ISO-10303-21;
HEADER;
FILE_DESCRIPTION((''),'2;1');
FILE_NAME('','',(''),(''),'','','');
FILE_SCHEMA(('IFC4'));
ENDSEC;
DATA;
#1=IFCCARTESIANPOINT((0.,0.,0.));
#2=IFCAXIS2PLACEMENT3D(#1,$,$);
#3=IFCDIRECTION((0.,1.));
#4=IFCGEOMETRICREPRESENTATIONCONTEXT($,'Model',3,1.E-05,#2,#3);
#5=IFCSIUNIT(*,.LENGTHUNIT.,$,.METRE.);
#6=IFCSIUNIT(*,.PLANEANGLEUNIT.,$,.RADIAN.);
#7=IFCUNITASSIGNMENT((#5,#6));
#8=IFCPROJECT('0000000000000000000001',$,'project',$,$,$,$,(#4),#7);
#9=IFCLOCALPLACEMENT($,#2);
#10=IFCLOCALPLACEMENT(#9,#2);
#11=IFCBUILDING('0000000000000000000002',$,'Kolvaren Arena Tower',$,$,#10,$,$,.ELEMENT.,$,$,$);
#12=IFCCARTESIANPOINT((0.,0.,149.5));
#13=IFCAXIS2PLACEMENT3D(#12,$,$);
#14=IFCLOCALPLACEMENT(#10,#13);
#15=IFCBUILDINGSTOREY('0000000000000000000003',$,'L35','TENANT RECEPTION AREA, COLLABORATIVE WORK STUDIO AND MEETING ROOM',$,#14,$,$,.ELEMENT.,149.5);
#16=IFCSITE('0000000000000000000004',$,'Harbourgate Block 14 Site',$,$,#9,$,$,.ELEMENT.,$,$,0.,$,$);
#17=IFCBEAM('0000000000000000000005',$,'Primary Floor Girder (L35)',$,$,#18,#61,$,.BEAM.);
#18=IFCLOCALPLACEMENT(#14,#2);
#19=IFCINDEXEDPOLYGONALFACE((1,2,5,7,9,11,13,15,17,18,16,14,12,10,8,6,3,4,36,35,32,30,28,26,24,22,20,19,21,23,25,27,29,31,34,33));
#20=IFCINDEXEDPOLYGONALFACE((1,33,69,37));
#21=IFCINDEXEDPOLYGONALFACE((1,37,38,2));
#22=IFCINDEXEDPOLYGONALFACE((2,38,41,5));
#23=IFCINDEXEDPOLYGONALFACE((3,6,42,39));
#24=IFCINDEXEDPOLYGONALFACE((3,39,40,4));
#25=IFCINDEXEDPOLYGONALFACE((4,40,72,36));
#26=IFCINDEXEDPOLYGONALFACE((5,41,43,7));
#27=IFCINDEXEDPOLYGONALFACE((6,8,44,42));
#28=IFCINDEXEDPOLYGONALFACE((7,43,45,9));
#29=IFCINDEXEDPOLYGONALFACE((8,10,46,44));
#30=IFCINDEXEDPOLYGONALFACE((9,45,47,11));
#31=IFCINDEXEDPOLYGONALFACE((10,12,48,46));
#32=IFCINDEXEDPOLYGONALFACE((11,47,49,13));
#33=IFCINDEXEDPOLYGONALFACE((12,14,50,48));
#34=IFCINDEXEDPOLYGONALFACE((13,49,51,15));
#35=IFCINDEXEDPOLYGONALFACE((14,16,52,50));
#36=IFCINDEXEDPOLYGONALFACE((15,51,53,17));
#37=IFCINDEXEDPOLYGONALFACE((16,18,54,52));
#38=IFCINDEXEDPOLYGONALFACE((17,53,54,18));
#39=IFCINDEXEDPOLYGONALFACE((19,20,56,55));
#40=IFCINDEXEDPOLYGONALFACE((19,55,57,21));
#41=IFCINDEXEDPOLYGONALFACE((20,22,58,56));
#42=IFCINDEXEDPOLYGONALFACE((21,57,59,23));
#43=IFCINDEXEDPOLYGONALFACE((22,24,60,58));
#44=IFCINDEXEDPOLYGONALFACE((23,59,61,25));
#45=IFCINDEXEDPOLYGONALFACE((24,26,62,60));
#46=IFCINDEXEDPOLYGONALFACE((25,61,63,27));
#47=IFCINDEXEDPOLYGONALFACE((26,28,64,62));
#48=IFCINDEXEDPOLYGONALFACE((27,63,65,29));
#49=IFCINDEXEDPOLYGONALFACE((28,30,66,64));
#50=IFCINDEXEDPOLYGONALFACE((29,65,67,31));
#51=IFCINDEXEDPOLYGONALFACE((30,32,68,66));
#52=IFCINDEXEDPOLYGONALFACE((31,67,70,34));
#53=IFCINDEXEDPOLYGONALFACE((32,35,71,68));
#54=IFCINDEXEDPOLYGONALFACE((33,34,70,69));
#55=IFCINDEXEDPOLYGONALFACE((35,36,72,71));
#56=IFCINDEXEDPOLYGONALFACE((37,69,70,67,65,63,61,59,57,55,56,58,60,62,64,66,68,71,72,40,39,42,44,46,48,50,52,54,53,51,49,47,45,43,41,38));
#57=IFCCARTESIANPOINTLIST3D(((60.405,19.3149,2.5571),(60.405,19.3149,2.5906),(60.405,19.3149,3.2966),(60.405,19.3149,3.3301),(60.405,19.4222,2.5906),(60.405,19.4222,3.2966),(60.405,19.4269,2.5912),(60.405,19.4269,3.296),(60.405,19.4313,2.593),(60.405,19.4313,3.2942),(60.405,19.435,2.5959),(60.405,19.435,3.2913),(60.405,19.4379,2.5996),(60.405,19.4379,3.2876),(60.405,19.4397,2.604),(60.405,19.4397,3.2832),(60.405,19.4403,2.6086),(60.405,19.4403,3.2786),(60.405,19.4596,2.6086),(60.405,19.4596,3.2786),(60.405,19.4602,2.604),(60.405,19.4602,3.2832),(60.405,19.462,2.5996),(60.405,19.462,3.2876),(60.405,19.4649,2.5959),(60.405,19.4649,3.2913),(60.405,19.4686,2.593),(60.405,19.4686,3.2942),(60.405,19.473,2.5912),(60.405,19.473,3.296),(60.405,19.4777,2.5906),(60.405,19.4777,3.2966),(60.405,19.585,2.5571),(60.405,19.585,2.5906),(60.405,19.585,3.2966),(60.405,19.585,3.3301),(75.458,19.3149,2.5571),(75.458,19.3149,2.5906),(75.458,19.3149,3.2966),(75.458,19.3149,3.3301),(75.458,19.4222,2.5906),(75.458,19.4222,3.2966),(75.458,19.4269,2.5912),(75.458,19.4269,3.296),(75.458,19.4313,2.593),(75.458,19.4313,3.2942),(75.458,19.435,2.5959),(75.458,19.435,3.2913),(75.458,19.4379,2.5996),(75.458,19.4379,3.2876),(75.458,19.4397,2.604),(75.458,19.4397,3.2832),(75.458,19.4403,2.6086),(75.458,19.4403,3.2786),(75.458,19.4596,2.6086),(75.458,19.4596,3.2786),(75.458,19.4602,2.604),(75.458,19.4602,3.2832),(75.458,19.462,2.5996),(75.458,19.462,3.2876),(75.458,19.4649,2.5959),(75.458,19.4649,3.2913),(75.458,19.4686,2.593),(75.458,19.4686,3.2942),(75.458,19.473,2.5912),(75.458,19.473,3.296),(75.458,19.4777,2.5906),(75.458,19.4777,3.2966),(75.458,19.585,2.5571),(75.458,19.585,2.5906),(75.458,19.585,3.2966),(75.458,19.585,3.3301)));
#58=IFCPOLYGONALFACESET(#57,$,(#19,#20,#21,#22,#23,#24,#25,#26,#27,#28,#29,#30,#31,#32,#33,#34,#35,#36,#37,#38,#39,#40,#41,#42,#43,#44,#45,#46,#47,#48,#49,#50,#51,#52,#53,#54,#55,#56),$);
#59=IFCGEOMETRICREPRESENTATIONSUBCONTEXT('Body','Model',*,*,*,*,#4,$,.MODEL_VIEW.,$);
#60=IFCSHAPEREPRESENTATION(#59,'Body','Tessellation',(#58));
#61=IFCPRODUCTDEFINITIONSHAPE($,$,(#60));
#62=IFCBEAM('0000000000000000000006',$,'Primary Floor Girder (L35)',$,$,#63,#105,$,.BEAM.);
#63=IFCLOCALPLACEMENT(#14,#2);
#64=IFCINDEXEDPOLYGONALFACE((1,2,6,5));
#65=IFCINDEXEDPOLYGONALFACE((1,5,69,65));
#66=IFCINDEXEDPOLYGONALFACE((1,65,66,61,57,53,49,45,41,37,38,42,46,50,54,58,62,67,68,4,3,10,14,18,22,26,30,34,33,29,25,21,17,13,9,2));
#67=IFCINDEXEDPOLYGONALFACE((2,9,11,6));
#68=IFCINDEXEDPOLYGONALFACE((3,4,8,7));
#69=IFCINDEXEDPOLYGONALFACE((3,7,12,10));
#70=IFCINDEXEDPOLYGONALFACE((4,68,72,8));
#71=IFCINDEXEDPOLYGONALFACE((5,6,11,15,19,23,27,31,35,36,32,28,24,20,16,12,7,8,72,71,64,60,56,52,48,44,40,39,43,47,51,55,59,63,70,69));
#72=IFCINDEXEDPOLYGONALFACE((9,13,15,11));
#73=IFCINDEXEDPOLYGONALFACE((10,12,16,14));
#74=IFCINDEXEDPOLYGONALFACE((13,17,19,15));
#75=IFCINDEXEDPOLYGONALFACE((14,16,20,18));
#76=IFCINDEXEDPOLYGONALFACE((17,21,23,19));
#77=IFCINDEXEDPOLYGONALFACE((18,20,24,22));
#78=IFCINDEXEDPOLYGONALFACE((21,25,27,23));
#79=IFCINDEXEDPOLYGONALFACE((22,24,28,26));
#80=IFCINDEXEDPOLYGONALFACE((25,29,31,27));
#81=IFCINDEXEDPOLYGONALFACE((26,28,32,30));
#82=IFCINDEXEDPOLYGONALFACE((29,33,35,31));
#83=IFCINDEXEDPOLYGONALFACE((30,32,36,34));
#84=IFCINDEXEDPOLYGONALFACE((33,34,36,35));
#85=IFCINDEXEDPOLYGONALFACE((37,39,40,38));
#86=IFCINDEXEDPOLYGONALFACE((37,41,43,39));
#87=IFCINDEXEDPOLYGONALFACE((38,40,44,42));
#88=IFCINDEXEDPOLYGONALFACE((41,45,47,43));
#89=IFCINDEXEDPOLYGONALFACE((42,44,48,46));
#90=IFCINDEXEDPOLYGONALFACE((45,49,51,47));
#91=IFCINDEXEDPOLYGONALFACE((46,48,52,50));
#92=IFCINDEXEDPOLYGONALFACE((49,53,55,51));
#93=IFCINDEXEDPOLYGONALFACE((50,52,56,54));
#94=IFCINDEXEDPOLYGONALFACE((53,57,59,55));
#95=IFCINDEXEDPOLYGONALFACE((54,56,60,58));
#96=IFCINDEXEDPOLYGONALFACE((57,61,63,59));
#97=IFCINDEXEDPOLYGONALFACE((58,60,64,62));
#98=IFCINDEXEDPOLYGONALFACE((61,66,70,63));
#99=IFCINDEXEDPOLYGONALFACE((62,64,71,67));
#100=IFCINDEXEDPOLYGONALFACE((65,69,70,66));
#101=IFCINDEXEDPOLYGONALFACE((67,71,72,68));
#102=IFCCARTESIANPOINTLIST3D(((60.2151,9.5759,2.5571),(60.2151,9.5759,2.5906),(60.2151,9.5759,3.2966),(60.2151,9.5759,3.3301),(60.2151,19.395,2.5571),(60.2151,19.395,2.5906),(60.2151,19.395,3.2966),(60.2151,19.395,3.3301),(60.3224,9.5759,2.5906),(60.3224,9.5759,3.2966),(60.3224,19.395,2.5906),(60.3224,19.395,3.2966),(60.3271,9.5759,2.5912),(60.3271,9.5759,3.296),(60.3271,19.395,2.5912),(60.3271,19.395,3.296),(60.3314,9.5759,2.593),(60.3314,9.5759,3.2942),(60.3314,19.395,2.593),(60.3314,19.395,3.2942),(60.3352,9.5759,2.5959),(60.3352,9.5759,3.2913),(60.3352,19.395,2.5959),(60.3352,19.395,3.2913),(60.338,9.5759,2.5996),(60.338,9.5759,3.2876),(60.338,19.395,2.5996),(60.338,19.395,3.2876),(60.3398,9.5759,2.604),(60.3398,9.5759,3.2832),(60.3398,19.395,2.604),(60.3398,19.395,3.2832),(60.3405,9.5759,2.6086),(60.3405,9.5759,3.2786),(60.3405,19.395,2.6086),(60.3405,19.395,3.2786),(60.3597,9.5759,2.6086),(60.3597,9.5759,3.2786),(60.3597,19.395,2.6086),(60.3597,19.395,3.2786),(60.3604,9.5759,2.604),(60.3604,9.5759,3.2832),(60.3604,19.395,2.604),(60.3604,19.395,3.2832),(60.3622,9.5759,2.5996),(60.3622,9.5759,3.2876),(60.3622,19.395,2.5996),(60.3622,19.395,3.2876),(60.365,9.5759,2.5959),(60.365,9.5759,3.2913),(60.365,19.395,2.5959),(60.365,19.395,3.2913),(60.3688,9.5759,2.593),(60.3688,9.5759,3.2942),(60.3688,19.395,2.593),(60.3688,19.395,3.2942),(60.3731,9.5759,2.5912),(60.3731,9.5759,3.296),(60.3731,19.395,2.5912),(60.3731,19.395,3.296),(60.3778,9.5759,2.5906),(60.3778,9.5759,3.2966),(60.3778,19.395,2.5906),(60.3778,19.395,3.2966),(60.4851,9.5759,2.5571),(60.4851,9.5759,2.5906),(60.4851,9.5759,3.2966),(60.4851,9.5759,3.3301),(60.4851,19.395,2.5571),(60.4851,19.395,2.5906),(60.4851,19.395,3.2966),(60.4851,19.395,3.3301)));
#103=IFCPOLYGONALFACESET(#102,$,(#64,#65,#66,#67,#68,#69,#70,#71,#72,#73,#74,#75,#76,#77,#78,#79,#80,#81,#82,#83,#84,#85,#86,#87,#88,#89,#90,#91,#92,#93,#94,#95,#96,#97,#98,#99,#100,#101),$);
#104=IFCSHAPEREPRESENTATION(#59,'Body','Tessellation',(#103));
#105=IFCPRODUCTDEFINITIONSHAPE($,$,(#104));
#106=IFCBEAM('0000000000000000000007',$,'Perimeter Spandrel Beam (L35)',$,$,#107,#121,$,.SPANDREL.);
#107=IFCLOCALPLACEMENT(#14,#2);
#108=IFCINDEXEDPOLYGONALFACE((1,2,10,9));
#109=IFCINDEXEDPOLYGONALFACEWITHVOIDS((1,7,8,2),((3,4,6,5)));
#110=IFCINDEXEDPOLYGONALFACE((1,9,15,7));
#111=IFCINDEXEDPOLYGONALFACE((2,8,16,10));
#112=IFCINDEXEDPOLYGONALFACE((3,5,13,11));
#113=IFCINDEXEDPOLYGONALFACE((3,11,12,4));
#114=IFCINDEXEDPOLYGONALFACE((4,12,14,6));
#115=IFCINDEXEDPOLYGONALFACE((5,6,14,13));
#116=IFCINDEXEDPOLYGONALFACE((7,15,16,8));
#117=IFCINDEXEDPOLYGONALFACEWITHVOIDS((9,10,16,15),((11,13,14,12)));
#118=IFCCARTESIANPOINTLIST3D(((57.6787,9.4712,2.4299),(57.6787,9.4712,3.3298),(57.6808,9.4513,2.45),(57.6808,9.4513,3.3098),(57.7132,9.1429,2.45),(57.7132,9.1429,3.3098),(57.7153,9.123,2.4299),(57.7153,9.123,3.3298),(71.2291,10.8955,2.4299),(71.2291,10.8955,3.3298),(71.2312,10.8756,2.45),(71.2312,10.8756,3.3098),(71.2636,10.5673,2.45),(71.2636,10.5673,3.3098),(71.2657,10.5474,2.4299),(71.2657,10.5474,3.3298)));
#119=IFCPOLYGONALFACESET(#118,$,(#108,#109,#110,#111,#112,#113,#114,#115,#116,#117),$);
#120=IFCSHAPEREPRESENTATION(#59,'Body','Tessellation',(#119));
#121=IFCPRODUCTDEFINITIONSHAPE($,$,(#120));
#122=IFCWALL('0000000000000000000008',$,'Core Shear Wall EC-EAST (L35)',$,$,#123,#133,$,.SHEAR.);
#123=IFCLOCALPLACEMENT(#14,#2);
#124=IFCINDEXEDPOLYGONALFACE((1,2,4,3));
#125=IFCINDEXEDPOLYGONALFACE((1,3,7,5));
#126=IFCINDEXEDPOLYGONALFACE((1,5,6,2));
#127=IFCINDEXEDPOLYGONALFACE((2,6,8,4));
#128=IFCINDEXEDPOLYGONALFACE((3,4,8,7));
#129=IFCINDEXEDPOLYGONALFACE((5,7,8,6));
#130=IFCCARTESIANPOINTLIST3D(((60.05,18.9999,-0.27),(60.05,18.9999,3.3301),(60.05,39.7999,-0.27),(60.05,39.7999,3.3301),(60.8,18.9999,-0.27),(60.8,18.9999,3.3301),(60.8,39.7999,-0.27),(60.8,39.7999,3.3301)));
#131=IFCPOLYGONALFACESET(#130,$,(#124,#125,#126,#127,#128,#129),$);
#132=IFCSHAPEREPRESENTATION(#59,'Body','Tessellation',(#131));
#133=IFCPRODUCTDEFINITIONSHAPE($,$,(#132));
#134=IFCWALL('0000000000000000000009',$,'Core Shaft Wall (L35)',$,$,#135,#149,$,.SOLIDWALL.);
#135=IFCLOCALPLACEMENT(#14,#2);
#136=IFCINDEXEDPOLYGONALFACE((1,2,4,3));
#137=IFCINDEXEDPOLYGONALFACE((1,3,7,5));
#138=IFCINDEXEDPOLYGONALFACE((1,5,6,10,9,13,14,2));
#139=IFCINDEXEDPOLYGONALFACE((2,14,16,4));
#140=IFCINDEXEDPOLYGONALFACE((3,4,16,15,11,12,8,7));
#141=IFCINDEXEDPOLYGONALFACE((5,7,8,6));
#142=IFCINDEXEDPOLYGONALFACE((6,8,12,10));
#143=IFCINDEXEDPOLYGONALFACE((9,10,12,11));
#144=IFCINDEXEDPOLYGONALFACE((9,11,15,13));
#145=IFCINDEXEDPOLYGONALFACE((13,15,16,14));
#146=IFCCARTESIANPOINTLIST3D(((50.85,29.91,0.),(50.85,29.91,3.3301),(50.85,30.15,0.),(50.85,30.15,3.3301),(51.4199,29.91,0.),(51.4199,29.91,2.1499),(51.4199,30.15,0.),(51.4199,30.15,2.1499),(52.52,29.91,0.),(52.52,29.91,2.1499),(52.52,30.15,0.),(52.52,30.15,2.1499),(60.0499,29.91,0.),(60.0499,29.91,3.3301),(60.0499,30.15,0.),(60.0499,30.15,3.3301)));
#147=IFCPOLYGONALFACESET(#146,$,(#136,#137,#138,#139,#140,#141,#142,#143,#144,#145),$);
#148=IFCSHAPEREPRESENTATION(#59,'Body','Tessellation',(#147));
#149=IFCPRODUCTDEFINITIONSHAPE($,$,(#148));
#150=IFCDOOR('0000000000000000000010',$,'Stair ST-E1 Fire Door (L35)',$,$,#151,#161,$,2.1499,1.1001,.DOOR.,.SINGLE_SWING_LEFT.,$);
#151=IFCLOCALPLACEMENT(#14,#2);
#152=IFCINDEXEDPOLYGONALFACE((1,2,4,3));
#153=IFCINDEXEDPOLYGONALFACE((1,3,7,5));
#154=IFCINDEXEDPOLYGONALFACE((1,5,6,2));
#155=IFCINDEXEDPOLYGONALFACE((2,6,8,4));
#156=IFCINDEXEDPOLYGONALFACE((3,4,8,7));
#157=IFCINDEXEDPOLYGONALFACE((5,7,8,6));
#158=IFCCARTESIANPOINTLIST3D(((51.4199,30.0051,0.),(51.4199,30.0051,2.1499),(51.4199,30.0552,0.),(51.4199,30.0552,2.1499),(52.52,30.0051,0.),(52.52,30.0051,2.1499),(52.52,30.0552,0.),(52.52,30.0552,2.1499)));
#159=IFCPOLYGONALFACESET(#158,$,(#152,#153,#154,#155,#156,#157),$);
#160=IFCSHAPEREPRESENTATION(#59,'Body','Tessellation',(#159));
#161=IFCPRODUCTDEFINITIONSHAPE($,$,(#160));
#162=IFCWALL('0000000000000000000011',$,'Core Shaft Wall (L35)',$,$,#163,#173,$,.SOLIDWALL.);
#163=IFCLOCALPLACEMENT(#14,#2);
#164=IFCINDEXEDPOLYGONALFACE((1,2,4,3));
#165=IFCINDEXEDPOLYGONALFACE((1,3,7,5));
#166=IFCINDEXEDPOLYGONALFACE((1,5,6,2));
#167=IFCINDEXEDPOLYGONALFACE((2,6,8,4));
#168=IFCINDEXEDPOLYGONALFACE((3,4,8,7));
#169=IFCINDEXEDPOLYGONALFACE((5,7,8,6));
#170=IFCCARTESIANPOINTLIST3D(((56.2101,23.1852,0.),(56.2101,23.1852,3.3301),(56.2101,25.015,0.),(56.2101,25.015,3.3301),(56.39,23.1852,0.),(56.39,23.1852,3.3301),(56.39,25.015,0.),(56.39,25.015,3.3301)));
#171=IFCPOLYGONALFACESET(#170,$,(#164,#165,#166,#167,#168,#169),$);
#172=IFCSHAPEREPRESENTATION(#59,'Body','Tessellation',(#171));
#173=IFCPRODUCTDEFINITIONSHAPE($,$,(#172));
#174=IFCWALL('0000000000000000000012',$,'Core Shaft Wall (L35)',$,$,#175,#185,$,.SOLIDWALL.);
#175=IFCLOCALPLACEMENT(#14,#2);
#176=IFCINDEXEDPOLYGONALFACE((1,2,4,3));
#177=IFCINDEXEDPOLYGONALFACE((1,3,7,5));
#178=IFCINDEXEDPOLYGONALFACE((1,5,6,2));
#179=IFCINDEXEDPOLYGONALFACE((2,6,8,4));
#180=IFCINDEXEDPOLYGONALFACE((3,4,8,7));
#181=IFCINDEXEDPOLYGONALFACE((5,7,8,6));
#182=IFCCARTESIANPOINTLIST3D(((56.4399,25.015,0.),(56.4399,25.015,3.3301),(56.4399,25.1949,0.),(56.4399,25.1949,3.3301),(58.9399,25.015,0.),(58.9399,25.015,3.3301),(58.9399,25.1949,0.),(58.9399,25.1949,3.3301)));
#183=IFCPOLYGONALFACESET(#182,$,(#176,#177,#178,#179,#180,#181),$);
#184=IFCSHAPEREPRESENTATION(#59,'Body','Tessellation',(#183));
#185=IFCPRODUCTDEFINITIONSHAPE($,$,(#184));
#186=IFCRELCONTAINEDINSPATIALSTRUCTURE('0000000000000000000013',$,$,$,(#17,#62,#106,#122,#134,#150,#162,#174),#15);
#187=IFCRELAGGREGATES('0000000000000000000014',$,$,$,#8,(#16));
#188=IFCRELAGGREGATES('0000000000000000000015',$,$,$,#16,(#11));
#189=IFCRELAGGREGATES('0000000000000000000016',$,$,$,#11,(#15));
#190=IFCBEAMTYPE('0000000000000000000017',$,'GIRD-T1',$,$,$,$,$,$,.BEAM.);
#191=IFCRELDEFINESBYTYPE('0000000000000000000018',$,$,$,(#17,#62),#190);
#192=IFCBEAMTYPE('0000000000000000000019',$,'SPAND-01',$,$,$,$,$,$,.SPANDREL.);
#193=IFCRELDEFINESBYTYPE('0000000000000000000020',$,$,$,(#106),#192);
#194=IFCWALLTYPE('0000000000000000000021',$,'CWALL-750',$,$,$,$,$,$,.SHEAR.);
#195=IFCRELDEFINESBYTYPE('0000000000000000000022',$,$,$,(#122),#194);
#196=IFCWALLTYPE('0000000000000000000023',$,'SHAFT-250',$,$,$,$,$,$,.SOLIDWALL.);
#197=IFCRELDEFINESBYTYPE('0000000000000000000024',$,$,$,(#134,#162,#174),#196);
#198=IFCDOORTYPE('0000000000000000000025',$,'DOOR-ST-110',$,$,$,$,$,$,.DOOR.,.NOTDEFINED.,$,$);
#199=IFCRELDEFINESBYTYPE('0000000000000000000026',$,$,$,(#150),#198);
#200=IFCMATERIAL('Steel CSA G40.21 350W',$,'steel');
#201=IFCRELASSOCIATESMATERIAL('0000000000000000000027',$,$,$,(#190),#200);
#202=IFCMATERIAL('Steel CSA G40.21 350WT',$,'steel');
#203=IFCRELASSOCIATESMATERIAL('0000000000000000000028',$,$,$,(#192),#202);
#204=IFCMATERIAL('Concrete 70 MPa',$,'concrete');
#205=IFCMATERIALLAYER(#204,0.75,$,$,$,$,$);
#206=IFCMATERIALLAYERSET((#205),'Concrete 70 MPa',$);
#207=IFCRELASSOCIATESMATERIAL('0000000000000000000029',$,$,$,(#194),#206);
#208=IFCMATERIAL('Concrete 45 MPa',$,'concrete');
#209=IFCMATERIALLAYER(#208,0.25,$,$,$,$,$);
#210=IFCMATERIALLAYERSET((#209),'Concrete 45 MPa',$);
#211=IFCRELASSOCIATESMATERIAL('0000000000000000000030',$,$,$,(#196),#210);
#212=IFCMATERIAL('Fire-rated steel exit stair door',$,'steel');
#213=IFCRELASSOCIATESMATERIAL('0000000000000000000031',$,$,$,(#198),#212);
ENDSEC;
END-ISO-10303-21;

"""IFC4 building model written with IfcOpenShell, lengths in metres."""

from ifc_helpers import new_model, si_unit, direction, frame, frame_2d, origin, origin_2d, place, context, subcontext, project, spatial, rectangle, hollow_rectangle, i_section, extrude, material, layer, layer_set, material_profile, profile_set, type_object, element, fill, save


model = new_model("IFC4")

# Units and contexts
model_context = context("Model", 3, precision=1e-05, world=origin(), true_north=direction((0.0, 1.0)))
body_context = subcontext(model_context, "Body", "Model", "MODEL_VIEW")
ifc_project = project(units=[si_unit("LENGTHUNIT", "METRE"), si_unit("PLANEANGLEUNIT", "RADIAN")], contexts=[model_context])

# Site, building, storey
site_placement = place(None, origin())
site = spatial("IfcSite", under=ifc_project, at=site_placement, Name="Harbourgate Block 14 Site", CompositionType="ELEMENT", RefElevation=0.0)
building_placement = place(site_placement, origin())
building = spatial("IfcBuilding", under=site, at=building_placement, Name="Kolvaren Arena Tower", CompositionType="ELEMENT")
storey_placement = place(building_placement, frame((0.0, 0.0, 149.5)))
storey = spatial("IfcBuildingStorey", under=building, at=storey_placement, Name="L35", Description="TENANT RECEPTION AREA, COLLABORATIVE WORK STUDIO AND MEETING ROOM", CompositionType="ELEMENT", Elevation=149.5)

# Beams
ifc_material_1 = material(Name="Steel CSA G40.21 350W", Category="steel")
ifc_material_profile_1 = material_profile(ifc_material_1, i_section(OverallWidth=0.27, OverallDepth=0.7729, WebThickness=0.0193, FlangeThickness=0.0334, FilletRadius=0.0181, at=origin_2d()), Name="W760x257")
ifc_profile_set_1 = profile_set([ifc_material_profile_1], Name="Steel CSA G40.21 350W")
beam_type_1 = type_object("IfcBeamType", Name="GIRD-T1", PredefinedType="BEAM", material=ifc_profile_set_1)
beam_1_placement = place(storey_placement, frame((60.405, 19.45, 2.9436), z_axis=(1.0, 0.0, 0.0), x_axis=(0.0, 1.0, 0.0)))
element("IfcBeam", 1, at=beam_1_placement, inside=storey, type_object=beam_type_1, Name="Primary Floor Girder (L35)", PredefinedType="BEAM", context=body_context, shape_type="SweptSolid", body=[
    extrude(i_section(OverallWidth=0.27, OverallDepth=0.7729, WebThickness=0.0193, FlangeThickness=0.0334, FilletRadius=0.0181, at=origin_2d()), origin(), (0.0, 0.0, 1.0), 15.053),
])
beam_2_placement = place(storey_placement, frame((60.3501, 9.5759, 2.9436), z_axis=(0.0, 1.0, 0.0), x_axis=(-1.0, 0.0, 0.0)))
element("IfcBeam", 2, at=beam_2_placement, inside=storey, type_object=beam_type_1, Name="Primary Floor Girder (L35)", PredefinedType="BEAM", context=body_context, shape_type="SweptSolid", body=[
    extrude(i_section(OverallWidth=0.27, OverallDepth=0.7729, WebThickness=0.0193, FlangeThickness=0.0334, FilletRadius=0.0181, at=origin_2d()), origin(), (0.0, 0.0, 1.0), 9.8191),
])
ifc_material_2 = material(Name="Steel CSA G40.21 350WT", Category="steel")
ifc_material_profile_2 = material_profile(ifc_material_2, hollow_rectangle(XDim=0.3501, YDim=0.8999, WallThickness=0.02, at=origin_2d()), Name="HSS 900x350x20")
ifc_profile_set_2 = profile_set([ifc_material_profile_2], Name="Steel CSA G40.21 350WT")
beam_type_2 = type_object("IfcBeamType", Name="SPAND-01", PredefinedType="SPANDREL", material=ifc_profile_set_2)
beam_3_placement = place(storey_placement, frame((57.697, 9.2971, 2.8799), z_axis=(0.994521, 0.104537, 0.0), x_axis=(-0.104537, 0.994521, 0.0)))
element("IfcBeam", 3, at=beam_3_placement, inside=storey, type_object=beam_type_2, Name="Perimeter Spandrel Beam (L35)", PredefinedType="SPANDREL", context=body_context, shape_type="SweptSolid", body=[
    extrude(hollow_rectangle(XDim=0.3501, YDim=0.8999, WallThickness=0.02, at=origin_2d()), origin(), (0.0, 0.0, 1.0), 13.625),
])

# Wall
ifc_material_3 = material(Name="Concrete 70 MPa", Category="concrete")
ifc_layer_1 = layer(ifc_material_3, 0.75)
ifc_layer_set_1 = layer_set([ifc_layer_1], Name="Concrete 70 MPa")
wall_type_1 = type_object("IfcWallType", Name="CWALL-750", PredefinedType="SHEAR", material=ifc_layer_set_1)
wall_1_placement = place(storey_placement, frame((60.425, 19.0, -0.27), z_axis=(0.0, 0.0, 1.0), x_axis=(0.0, 1.0, 0.0)))
element("IfcWall", 4, at=wall_1_placement, inside=storey, type_object=wall_type_1, Name="Core Shear Wall EC-EAST (L35)", PredefinedType="SHEAR", context=body_context, shape_type="SweptSolid", body=[
    extrude(rectangle(XDim=20.8, YDim=0.75, at=frame_2d((10.3999, 0.0))), origin(), (0.0, 0.0, 1.0), 3.6001),
])

# Wall, opening, door
ifc_material_4 = material(Name="Concrete 45 MPa", Category="concrete")
ifc_layer_2 = layer(ifc_material_4, 0.25)
ifc_layer_set_2 = layer_set([ifc_layer_2], Name="Concrete 45 MPa")
wall_type_2 = type_object("IfcWallType", Name="SHAFT-250", PredefinedType="SOLIDWALL", material=ifc_layer_set_2)
wall_2_placement = place(storey_placement, frame((60.05, 30.03, 0.0), z_axis=(0.0, 0.0, 1.0), x_axis=(-1.0, 0.0, 0.0)))
wall_2 = element("IfcWall", 5, at=wall_2_placement, inside=storey, type_object=wall_type_2, Name="Core Shaft Wall (L35)", PredefinedType="SOLIDWALL", context=body_context, shape_type="SweptSolid", body=[
    extrude(rectangle(XDim=9.2, YDim=0.24, at=frame_2d((4.6001, 0.0))), origin(), (0.0, 0.0, 1.0), 3.3301),
])
opening_placement = place(wall_2_placement, frame((7.53, 0.0, 0.0)))
opening = element("IfcOpeningElement", 6, at=opening_placement, cuts=wall_2, PredefinedType="OPENING", context=body_context, shape_type="SweptSolid", body=[
    extrude(rectangle(XDim=1.1001, YDim=2.1499, at=frame_2d((0.55, 1.075))), frame((0.0, 0.1299, 0.0), z_axis=(0.0, -1.0, 0.0), x_axis=(1.0, 0.0, 0.0)), (0.0, 0.0, 1.0), 0.26),
])
ifc_material_5 = material(Name="Fire-rated steel exit stair door", Category="steel")
door_type = type_object("IfcDoorType", Name="DOOR-ST-110", OperationType="NOTDEFINED", PredefinedType="DOOR", material=ifc_material_5)
door_placement = place(opening_placement, origin())
door = element("IfcDoor", 7, at=door_placement, inside=storey, type_object=door_type, Name="Stair ST-E1 Fire Door (L35)", OperationType="SINGLE_SWING_LEFT", OverallHeight=2.1499, OverallWidth=1.1001, PredefinedType="DOOR", context=body_context, shape_type="SweptSolid", body=[
    extrude(rectangle(XDim=1.1001, YDim=2.1499, at=frame_2d((0.55, 1.075))), frame((0.0, 0.0249, 0.0), z_axis=(0.0, -1.0, 0.0), x_axis=(1.0, 0.0, 0.0)), (0.0, 0.0, 1.0), 0.05),
])
fill(opening, door)

# Walls
wall_3_placement = place(storey_placement, frame((56.3, 23.1851, 0.0), z_axis=(0.0, 0.0, 1.0), x_axis=(0.0, 1.0, 0.0)))
element("IfcWall", 8, at=wall_3_placement, inside=storey, type_object=wall_type_2, Name="Core Shaft Wall (L35)", PredefinedType="SOLIDWALL", context=body_context, shape_type="SweptSolid", body=[
    extrude(rectangle(XDim=1.8298, YDim=0.1799, at=frame_2d((0.915, 0.0))), origin(), (0.0, 0.0, 1.0), 3.3301),
])
for number, where, z_axis, x_axis, name in (
    (9, (56.4399, 25.105, 0.0), (0.0, 0.0, 1.0), (1.0, 0.0, 0.0), "Core Shaft Wall (L35)"),
):
    element("IfcWall", number, at=place(storey_placement, frame(where, z_axis=z_axis, x_axis=x_axis)), inside=storey, type_object=wall_type_2, Name=name, PredefinedType="SOLIDWALL", context=body_context, shape_type="SweptSolid", body=[
        extrude(rectangle(XDim=2.5, YDim=0.1799, at=frame_2d((1.25, 0.0))), origin(), (0.0, 0.0, 1.0), 3.3301),
    ])

save(model, "model.ifc")
